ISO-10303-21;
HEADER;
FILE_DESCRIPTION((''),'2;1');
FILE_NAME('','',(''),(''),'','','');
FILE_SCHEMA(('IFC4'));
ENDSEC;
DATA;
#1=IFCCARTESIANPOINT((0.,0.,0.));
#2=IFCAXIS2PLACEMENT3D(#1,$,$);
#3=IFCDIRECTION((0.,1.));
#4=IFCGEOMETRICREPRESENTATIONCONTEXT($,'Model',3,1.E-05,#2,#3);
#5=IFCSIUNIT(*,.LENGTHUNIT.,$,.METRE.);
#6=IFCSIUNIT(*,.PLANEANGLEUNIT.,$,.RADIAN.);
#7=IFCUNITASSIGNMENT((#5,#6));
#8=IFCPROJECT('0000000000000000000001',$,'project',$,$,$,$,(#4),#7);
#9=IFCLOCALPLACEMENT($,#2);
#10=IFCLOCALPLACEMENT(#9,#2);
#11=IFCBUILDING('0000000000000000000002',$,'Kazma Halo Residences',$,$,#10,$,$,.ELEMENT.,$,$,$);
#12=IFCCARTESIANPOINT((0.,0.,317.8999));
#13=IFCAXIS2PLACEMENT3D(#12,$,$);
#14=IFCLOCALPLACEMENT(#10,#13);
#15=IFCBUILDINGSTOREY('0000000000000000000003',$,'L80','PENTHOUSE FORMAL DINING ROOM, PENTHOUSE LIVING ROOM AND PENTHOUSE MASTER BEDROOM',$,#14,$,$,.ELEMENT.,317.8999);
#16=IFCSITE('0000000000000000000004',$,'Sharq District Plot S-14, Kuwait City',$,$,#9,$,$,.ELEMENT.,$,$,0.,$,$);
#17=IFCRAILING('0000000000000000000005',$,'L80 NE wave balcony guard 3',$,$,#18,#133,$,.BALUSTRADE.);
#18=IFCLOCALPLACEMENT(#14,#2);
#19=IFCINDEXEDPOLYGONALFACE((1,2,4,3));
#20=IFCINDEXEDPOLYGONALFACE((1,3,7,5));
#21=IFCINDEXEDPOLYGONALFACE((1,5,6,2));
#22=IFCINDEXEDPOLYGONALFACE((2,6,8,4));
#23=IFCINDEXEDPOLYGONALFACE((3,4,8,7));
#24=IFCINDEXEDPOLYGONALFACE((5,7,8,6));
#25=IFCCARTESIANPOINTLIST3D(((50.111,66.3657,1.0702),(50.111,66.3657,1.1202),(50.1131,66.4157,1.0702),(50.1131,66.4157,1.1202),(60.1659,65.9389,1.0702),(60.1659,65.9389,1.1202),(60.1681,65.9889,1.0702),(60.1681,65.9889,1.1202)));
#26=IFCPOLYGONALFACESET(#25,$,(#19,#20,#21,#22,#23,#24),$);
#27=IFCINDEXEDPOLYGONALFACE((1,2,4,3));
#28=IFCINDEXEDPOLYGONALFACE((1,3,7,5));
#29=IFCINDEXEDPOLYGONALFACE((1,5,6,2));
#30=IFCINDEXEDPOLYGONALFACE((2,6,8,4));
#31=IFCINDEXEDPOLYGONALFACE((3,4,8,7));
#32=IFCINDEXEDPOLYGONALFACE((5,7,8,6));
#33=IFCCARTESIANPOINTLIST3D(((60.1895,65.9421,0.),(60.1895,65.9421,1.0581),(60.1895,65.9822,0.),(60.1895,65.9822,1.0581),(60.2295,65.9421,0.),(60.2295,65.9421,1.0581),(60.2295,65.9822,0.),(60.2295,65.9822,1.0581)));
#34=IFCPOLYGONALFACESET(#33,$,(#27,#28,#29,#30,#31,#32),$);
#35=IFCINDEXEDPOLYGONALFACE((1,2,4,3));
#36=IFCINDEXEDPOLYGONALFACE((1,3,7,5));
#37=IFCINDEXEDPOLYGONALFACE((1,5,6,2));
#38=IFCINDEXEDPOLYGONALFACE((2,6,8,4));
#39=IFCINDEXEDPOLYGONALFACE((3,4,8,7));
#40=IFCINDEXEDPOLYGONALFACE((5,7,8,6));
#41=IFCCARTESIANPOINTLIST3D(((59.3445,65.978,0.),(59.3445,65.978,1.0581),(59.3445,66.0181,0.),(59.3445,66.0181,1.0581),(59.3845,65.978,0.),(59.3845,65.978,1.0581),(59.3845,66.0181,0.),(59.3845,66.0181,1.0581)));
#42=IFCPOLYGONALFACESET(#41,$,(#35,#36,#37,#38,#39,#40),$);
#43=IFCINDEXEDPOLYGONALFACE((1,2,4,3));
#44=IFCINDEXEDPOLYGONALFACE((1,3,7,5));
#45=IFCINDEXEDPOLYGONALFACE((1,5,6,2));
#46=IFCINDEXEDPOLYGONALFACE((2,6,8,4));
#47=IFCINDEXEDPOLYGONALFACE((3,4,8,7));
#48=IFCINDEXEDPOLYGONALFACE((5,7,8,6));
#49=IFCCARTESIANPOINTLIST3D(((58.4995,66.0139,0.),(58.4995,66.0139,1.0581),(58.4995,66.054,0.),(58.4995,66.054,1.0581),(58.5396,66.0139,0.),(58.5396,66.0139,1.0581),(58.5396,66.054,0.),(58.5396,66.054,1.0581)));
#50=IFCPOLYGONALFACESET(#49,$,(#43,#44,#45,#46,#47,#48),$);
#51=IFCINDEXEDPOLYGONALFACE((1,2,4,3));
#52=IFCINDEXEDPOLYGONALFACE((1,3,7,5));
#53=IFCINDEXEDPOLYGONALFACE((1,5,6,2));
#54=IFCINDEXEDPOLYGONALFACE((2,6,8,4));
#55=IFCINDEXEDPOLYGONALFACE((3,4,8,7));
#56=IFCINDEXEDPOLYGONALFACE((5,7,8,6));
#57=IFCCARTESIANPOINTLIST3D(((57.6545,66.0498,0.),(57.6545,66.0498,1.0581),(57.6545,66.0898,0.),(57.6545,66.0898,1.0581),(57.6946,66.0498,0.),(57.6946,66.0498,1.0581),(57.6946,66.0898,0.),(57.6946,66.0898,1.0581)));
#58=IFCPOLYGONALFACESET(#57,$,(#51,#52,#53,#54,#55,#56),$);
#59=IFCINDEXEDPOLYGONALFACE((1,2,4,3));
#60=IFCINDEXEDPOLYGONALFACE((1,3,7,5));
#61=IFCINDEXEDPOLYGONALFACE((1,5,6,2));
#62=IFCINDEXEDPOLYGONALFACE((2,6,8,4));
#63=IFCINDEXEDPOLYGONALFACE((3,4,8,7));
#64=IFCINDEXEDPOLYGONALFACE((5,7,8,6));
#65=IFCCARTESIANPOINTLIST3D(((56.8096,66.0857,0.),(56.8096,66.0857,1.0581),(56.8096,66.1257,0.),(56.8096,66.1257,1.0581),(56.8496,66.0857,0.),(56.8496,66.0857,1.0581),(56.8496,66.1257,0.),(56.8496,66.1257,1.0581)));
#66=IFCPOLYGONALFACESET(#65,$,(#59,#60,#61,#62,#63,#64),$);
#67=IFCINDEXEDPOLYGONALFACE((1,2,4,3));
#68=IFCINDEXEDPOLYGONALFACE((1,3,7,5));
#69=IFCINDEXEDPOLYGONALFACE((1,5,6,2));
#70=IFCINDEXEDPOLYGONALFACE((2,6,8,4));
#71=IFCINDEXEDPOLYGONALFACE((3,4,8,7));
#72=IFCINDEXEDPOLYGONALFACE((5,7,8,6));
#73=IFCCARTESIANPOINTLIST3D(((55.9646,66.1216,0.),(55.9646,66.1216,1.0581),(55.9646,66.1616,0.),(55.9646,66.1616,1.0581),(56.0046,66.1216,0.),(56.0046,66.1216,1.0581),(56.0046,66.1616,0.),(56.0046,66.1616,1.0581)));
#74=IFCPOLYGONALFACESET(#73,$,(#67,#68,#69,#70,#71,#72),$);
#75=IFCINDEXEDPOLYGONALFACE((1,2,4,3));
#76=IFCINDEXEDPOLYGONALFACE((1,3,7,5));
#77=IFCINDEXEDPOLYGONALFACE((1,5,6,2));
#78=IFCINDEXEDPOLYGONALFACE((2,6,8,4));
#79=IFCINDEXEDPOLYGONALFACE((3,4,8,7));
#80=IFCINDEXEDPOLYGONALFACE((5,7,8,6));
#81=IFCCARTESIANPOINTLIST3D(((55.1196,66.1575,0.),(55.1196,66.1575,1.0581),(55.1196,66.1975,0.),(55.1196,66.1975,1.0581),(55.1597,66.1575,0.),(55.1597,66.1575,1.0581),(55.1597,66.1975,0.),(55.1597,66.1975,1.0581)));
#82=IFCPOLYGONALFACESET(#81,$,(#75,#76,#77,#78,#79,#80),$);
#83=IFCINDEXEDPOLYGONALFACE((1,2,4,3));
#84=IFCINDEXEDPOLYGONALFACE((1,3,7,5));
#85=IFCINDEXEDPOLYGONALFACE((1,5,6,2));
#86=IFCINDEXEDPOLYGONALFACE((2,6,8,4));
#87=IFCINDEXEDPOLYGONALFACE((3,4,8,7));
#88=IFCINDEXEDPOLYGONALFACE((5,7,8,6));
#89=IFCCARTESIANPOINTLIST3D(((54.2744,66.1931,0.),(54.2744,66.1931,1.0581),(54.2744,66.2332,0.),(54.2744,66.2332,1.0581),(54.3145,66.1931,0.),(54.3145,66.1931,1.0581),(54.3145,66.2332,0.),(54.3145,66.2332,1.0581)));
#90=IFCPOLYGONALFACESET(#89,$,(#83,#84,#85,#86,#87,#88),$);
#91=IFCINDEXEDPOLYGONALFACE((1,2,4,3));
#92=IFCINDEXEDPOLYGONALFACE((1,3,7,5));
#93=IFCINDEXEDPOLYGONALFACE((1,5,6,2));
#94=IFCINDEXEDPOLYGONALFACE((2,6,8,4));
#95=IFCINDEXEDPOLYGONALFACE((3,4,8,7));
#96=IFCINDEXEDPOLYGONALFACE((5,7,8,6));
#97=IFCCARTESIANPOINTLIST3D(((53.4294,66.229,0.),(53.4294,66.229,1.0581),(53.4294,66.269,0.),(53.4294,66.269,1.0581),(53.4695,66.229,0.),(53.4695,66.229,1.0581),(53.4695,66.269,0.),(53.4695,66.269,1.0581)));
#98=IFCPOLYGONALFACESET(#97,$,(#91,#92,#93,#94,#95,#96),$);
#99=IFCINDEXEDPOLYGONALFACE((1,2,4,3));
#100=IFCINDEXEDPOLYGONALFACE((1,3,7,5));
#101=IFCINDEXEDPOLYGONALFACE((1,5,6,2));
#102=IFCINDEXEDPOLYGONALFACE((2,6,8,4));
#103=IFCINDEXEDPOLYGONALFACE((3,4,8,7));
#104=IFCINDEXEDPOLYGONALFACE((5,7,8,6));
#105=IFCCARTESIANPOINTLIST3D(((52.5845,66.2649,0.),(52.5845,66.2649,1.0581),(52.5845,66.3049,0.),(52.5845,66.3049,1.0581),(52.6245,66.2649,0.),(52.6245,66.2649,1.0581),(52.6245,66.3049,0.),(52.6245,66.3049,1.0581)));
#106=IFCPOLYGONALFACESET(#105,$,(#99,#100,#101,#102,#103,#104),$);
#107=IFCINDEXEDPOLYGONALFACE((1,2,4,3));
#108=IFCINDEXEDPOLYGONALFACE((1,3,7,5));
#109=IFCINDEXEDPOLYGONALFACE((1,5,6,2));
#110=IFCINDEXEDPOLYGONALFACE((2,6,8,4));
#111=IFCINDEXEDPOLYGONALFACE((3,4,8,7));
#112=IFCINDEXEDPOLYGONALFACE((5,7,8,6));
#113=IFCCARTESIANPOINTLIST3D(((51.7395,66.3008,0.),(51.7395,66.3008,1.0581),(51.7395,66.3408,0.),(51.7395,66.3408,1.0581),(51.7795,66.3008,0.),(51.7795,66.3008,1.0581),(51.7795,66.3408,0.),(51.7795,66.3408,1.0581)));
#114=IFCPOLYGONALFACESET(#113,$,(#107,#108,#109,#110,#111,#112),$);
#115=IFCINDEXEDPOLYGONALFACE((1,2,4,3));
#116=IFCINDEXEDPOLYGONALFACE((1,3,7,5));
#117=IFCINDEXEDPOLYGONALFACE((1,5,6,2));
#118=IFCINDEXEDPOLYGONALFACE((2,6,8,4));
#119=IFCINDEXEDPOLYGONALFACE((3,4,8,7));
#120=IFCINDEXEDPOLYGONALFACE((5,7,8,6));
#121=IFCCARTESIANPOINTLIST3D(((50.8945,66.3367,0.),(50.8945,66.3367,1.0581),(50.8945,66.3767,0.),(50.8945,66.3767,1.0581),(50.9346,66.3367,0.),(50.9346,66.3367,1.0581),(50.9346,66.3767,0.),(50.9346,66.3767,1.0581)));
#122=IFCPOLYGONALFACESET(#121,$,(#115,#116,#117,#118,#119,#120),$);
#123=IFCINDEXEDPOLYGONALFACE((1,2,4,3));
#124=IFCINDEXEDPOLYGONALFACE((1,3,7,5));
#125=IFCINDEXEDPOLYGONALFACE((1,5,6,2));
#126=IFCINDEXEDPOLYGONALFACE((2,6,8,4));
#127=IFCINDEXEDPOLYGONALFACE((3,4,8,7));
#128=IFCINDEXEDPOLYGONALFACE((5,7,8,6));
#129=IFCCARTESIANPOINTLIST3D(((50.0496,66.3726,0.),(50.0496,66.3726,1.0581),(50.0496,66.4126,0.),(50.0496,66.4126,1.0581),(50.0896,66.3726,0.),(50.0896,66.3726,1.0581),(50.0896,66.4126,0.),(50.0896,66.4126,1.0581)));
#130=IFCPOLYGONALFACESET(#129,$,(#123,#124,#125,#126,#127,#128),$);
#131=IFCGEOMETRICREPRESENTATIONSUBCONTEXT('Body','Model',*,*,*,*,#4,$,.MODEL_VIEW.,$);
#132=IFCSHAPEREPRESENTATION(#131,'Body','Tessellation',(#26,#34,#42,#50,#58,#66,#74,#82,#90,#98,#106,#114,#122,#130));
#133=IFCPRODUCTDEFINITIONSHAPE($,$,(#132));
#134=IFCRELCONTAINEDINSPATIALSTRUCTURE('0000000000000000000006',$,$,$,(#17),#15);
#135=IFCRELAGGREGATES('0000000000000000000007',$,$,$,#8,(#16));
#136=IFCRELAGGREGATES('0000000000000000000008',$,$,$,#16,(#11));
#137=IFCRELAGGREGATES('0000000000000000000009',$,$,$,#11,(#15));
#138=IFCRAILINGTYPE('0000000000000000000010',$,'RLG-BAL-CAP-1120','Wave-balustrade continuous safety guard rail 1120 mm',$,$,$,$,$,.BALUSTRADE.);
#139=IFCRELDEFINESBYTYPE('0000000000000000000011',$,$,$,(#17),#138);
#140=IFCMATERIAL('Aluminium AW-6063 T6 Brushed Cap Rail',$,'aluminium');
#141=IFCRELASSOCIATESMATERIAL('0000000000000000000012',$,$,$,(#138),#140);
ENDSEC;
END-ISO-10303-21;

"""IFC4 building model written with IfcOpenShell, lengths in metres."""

from ifc_helpers import new_model, si_unit, direction, frame, origin, origin_2d, place, context, subcontext, project, spatial, rectangle, extrude, material, type_object, element, save


model = new_model("IFC4")

# Units and contexts
model_context = context("Model", 3, precision=1e-05, world=origin(), true_north=direction((0.0, 1.0)))
body_context = subcontext(model_context, "Body", "Model", "MODEL_VIEW")
ifc_project = project(units=[si_unit("LENGTHUNIT", "METRE"), si_unit("PLANEANGLEUNIT", "RADIAN")], contexts=[model_context])

# Site, building, storey
site_placement = place(None, origin())
site = spatial("IfcSite", under=ifc_project, at=site_placement, Name="Sharq District Plot S-14, Kuwait City", CompositionType="ELEMENT", RefElevation=0.0)
building_placement = place(site_placement, origin())
building = spatial("IfcBuilding", under=site, at=building_placement, Name="Kazma Halo Residences", CompositionType="ELEMENT")
storey_placement = place(building_placement, frame((0.0, 0.0, 317.8999)))
storey = spatial("IfcBuildingStorey", under=building, at=storey_placement, Name="L80", Description="PENTHOUSE FORMAL DINING ROOM, PENTHOUSE LIVING ROOM AND PENTHOUSE MASTER BEDROOM", CompositionType="ELEMENT", Elevation=317.8999)

# Railing
ifc_material_1 = material(Name="Aluminium AW-6063 T6 Brushed Cap Rail", Category="aluminium")
railing_type = type_object("IfcRailingType", Name="RLG-BAL-CAP-1120", Description="Wave-balustrade continuous safety guard rail 1120 mm", PredefinedType="BALUSTRADE", material=ifc_material_1)
railing_1_placement = place(storey_placement, frame((60.2095, 65.9622, 0.0)))
element("IfcRailing", 1, at=railing_1_placement, inside=storey, type_object=railing_type, Name="L80 NE wave balcony guard 3", PredefinedType="BALUSTRADE", context=body_context, shape_type="SweptSolid", body=[
    extrude(rectangle(XDim=0.05, YDim=0.05, at=origin_2d()), frame((-0.0425, 0.0017, 1.0952), z_axis=(-0.9991, 0.04241, 0.0), x_axis=(-0.04241, -0.9991, 0.0)), (0.0, 0.0, 1.0), 10.064),
    extrude(rectangle(XDim=0.04, YDim=0.04, at=origin_2d()), origin(), (0.0, 0.0, 1.0), 1.0581),
    extrude(rectangle(XDim=0.04, YDim=0.04, at=origin_2d()), frame((-0.845, 0.0359, 0.0)), (0.0, 0.0, 1.0), 1.0581),
    extrude(rectangle(XDim=0.04, YDim=0.04, at=origin_2d()), frame((-1.6899, 0.0718, 0.0)), (0.0, 0.0, 1.0), 1.0581),
    extrude(rectangle(XDim=0.04, YDim=0.04, at=origin_2d()), frame((-2.5349, 0.1077, 0.0)), (0.0, 0.0, 1.0), 1.0581),
    extrude(rectangle(XDim=0.04, YDim=0.04, at=origin_2d()), frame((-3.3799, 0.1436, 0.0)), (0.0, 0.0, 1.0), 1.0581),
    extrude(rectangle(XDim=0.04, YDim=0.04, at=origin_2d()), frame((-4.2249, 0.1794, 0.0)), (0.0, 0.0, 1.0), 1.0581),
    extrude(rectangle(XDim=0.04, YDim=0.04, at=origin_2d()), frame((-5.0698, 0.2153, 0.0)), (0.0, 0.0, 1.0), 1.0581),
    extrude(rectangle(XDim=0.04, YDim=0.04, at=origin_2d()), frame((-5.915, 0.251, 0.0)), (0.0, 0.0, 1.0), 1.0581),
    extrude(rectangle(XDim=0.04, YDim=0.04, at=origin_2d()), frame((-6.76, 0.2869, 0.0)), (0.0, 0.0, 1.0), 1.0581),
    extrude(rectangle(XDim=0.04, YDim=0.04, at=origin_2d()), frame((-7.605, 0.3228, 0.0)), (0.0, 0.0, 1.0), 1.0581),
    extrude(rectangle(XDim=0.04, YDim=0.04, at=origin_2d()), frame((-8.45, 0.3586, 0.0)), (0.0, 0.0, 1.0), 1.0581),
    extrude(rectangle(XDim=0.04, YDim=0.04, at=origin_2d()), frame((-9.2949, 0.3945, 0.0)), (0.0, 0.0, 1.0), 1.0581),
    extrude(rectangle(XDim=0.04, YDim=0.04, at=origin_2d()), frame((-10.1399, 0.4304, 0.0)), (0.0, 0.0, 1.0), 1.0581),
])

save(model, "model.ifc")
